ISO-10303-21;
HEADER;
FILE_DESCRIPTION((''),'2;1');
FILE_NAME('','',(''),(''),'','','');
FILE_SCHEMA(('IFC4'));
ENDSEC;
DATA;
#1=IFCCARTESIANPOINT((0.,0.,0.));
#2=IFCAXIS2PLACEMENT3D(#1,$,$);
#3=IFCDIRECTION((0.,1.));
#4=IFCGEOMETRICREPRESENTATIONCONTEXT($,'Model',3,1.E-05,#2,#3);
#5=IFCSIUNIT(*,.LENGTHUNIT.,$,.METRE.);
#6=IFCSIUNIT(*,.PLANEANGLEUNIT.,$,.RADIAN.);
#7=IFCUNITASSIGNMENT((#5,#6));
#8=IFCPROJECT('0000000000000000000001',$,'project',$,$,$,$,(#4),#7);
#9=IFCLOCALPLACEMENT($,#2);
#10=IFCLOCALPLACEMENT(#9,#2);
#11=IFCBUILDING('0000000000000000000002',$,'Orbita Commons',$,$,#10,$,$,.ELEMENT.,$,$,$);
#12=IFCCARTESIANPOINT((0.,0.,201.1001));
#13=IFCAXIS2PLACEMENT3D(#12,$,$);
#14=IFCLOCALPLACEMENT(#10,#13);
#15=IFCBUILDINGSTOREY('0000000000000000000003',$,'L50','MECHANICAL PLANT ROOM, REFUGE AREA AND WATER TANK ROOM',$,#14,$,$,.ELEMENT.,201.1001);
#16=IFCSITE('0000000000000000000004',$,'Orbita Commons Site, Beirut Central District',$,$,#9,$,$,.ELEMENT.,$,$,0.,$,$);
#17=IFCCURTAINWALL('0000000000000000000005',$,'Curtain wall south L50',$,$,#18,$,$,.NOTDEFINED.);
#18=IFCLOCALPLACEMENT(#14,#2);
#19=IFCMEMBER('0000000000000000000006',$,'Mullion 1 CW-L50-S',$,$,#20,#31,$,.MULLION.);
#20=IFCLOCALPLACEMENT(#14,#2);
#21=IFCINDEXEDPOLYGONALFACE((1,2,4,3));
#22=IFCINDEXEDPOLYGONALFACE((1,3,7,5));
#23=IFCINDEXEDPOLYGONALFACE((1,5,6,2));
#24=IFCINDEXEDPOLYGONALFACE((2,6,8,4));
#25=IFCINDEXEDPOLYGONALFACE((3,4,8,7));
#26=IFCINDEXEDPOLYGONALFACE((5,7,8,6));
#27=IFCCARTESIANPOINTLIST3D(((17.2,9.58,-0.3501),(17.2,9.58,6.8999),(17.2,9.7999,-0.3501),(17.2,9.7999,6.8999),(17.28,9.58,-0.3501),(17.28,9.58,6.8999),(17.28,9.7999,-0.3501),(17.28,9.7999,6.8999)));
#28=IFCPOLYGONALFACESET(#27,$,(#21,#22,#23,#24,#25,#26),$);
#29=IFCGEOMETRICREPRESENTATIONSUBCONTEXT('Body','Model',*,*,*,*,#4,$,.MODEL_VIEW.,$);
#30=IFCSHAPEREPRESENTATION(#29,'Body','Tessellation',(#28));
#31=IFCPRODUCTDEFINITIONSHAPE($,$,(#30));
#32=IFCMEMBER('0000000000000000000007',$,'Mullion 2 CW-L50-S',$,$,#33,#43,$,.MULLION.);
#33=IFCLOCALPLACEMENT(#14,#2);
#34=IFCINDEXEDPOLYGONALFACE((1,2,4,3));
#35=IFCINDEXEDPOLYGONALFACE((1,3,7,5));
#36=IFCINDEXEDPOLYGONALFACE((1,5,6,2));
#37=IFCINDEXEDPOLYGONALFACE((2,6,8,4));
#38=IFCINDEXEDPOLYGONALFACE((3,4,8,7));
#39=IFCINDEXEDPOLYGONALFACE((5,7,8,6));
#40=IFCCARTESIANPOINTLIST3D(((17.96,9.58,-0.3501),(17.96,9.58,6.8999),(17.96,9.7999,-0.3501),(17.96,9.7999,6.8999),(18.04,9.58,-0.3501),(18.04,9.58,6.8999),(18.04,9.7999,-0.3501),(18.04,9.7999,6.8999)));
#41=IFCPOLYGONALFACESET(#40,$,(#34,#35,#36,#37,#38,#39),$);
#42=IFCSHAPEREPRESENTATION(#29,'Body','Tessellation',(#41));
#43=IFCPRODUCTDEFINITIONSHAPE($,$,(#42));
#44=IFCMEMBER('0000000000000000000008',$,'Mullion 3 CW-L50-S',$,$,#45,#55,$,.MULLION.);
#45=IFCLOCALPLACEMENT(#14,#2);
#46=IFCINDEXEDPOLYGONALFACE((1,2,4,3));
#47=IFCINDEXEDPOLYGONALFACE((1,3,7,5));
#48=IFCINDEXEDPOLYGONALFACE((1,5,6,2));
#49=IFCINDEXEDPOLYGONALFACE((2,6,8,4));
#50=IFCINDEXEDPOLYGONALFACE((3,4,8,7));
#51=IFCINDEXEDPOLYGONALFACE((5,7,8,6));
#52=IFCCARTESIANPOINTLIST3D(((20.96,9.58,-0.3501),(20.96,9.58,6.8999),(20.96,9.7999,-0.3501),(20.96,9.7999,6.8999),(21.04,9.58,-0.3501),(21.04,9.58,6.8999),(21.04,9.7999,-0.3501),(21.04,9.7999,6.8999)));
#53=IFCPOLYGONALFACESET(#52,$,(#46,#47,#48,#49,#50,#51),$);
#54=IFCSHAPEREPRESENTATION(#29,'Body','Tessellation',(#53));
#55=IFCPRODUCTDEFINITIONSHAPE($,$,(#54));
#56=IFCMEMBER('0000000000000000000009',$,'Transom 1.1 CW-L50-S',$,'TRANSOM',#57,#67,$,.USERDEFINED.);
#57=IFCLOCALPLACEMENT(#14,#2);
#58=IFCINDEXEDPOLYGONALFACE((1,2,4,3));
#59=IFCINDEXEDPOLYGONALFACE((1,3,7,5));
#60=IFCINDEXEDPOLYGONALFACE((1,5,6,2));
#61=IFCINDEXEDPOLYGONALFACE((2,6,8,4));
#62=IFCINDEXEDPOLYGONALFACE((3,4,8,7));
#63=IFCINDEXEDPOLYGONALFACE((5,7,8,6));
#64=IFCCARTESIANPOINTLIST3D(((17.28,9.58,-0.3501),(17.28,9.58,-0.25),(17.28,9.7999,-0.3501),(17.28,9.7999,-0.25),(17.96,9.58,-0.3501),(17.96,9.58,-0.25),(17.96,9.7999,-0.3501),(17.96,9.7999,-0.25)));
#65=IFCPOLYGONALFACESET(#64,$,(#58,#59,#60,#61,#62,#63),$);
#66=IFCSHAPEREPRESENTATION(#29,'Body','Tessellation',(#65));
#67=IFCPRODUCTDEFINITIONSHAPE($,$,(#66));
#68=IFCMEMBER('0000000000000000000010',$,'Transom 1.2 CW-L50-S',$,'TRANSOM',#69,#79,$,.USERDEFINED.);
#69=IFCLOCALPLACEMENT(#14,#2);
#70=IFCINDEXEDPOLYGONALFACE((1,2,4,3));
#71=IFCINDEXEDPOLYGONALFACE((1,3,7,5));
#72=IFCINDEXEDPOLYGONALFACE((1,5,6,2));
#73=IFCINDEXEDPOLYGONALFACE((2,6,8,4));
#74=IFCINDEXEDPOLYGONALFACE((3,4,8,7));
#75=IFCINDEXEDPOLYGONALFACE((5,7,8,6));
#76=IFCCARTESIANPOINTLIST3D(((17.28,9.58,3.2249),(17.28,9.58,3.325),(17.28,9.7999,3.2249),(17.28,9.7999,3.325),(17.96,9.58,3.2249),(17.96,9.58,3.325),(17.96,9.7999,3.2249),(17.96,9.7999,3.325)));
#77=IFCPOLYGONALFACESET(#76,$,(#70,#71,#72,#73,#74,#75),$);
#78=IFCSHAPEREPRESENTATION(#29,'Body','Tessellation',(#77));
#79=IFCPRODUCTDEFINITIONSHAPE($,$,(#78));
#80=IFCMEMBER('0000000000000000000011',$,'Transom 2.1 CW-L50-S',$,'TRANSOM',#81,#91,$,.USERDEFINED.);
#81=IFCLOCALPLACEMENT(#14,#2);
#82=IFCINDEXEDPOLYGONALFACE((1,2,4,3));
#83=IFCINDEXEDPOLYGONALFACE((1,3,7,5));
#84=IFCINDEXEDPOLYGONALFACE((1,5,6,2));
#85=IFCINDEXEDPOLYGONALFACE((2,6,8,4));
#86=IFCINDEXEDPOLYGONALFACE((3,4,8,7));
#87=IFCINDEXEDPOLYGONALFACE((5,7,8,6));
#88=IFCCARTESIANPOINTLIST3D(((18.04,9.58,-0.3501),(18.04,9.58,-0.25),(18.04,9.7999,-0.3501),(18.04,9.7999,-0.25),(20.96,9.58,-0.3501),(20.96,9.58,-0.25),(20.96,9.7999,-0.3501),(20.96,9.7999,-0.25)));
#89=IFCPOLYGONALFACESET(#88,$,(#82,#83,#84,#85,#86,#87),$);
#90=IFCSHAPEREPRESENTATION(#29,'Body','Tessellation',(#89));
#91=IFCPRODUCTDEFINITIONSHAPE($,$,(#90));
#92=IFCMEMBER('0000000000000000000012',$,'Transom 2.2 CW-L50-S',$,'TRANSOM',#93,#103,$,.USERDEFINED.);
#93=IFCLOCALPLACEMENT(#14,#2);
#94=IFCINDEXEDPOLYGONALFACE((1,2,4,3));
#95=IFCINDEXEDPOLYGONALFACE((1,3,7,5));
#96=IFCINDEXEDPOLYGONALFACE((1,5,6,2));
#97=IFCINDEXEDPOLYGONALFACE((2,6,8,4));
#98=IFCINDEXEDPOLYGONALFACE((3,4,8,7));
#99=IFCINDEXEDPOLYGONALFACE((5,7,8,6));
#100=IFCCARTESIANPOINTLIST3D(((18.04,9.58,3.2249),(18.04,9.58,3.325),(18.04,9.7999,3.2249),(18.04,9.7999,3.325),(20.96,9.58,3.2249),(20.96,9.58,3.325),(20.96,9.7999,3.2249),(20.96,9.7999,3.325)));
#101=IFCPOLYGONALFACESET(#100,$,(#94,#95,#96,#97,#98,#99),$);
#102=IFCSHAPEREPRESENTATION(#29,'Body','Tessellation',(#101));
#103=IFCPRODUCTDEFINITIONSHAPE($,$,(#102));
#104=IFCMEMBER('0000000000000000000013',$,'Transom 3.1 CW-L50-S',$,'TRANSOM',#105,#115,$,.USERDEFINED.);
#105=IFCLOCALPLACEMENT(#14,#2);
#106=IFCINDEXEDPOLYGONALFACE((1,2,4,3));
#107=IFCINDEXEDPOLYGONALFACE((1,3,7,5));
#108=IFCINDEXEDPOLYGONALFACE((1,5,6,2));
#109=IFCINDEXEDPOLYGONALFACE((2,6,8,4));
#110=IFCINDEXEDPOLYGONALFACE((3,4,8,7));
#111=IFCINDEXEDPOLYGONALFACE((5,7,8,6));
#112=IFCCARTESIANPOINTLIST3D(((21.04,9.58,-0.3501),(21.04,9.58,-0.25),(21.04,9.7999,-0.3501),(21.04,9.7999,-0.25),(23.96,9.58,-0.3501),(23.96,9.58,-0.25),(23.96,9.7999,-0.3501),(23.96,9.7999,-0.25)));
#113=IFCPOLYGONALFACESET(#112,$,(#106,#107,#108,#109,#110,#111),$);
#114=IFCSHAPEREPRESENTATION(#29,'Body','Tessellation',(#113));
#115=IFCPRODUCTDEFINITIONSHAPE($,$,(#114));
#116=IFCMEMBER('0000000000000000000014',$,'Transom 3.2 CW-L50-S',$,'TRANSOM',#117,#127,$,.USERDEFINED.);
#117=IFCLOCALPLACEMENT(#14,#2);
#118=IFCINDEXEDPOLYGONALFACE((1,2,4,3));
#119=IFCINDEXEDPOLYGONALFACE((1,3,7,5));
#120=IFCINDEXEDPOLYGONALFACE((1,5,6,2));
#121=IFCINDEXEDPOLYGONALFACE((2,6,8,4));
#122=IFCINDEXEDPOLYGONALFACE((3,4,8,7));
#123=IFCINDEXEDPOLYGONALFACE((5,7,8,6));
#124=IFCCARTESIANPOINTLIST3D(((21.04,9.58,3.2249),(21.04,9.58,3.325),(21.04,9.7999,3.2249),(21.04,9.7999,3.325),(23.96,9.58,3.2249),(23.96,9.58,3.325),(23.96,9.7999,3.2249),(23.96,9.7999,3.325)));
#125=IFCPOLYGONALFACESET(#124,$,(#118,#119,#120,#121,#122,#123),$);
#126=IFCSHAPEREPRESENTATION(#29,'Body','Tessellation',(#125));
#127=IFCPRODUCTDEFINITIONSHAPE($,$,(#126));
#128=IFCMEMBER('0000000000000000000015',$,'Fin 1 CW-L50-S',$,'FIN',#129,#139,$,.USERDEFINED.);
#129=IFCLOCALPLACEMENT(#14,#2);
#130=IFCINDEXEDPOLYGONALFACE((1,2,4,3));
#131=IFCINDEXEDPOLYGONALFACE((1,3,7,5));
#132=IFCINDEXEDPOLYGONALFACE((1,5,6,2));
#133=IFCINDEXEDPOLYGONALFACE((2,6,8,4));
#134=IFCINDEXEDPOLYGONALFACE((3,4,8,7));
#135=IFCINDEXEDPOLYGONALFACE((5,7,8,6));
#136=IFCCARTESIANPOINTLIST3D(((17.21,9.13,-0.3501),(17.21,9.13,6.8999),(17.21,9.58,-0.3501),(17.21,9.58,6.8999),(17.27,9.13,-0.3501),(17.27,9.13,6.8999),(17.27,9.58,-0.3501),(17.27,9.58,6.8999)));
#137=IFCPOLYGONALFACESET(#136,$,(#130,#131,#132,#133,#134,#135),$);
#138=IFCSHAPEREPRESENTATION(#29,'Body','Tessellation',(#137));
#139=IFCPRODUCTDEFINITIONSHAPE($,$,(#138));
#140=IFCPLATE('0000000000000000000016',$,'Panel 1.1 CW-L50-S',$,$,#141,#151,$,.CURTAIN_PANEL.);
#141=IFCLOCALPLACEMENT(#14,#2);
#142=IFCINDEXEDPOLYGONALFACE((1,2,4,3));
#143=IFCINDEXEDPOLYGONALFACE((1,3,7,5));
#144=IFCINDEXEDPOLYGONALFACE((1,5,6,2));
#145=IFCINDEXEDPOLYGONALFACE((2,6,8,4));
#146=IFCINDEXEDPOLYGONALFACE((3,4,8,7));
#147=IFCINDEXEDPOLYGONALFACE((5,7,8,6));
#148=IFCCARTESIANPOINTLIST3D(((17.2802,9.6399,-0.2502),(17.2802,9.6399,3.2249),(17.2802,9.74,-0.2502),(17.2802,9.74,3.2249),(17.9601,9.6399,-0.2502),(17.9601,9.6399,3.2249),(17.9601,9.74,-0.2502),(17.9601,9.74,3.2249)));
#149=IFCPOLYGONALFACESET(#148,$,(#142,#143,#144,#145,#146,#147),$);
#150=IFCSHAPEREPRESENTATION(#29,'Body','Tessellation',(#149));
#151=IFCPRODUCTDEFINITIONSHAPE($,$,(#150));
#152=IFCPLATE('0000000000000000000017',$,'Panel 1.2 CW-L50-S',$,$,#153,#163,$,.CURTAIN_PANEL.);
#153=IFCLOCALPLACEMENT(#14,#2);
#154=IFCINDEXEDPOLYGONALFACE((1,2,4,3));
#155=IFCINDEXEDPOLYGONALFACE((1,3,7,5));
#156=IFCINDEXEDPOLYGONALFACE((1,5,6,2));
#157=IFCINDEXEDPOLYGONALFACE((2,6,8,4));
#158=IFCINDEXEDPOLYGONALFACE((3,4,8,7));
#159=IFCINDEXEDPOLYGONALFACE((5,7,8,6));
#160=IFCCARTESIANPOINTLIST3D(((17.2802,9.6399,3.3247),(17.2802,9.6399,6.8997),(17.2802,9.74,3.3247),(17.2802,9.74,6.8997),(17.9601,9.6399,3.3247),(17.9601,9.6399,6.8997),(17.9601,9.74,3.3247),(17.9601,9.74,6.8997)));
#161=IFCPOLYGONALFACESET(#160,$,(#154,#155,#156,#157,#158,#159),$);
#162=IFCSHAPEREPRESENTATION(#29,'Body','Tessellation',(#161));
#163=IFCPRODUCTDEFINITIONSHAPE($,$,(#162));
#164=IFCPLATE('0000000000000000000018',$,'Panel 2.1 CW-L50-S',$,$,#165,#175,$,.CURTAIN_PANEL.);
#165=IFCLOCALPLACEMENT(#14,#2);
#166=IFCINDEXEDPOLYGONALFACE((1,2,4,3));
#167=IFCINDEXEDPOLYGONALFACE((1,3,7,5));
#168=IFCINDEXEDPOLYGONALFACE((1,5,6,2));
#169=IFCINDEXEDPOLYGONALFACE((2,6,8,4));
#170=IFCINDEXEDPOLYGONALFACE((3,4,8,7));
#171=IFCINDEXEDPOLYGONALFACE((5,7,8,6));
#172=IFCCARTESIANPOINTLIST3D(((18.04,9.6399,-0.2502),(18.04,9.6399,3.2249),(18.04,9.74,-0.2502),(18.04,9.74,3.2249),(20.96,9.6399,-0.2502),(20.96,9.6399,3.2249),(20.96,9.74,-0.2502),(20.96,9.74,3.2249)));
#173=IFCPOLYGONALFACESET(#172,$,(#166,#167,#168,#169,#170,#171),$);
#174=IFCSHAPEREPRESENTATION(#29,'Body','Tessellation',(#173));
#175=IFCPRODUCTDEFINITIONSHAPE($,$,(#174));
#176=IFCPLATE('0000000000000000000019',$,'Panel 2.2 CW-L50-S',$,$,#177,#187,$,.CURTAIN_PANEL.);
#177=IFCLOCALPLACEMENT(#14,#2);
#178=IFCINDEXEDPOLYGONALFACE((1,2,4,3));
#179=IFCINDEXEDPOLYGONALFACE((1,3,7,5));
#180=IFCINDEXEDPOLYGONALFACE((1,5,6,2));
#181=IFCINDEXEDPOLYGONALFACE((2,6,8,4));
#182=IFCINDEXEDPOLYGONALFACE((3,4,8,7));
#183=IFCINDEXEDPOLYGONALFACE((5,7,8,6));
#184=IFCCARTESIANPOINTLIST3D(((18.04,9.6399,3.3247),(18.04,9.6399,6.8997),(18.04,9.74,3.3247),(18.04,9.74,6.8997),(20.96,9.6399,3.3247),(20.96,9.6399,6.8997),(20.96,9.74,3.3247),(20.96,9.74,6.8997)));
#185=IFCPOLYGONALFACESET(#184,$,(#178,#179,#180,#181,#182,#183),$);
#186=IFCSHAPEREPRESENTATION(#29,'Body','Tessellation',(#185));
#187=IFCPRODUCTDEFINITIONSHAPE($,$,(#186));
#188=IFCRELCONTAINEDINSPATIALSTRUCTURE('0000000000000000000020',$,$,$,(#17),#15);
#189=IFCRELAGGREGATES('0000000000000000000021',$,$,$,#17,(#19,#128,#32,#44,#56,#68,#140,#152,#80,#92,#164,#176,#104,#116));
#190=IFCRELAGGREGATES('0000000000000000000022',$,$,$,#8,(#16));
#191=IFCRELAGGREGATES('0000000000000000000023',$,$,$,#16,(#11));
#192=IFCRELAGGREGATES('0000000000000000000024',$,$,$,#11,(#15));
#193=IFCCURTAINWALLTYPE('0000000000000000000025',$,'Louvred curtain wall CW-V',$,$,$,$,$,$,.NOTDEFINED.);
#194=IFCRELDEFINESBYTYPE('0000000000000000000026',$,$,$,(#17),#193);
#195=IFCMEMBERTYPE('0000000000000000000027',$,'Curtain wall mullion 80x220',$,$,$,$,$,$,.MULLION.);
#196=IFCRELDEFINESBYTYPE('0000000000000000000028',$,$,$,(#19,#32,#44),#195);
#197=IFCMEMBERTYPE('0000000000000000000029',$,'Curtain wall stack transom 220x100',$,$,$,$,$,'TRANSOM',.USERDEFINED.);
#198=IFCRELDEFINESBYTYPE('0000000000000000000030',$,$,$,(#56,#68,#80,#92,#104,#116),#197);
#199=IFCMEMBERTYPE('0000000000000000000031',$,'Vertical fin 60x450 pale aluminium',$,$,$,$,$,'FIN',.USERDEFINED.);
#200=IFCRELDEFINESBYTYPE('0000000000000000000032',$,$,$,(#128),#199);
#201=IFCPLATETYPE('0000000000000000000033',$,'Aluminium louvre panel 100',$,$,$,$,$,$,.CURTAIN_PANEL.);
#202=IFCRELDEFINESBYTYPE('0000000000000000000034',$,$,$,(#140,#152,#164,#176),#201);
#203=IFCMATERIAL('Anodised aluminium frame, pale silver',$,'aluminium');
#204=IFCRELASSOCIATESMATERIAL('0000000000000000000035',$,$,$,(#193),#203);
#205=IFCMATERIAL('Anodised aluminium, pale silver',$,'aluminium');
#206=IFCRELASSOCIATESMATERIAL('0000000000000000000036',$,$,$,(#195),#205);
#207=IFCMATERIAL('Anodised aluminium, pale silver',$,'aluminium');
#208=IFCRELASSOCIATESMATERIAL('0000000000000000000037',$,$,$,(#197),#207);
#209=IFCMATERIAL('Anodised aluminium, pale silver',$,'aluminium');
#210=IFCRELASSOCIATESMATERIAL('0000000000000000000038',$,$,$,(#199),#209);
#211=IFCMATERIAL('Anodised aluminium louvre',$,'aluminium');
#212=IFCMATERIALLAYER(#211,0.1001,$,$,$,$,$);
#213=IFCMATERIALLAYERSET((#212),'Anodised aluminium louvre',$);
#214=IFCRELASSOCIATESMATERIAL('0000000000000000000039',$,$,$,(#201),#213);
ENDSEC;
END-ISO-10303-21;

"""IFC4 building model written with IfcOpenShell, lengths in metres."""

from ifc_helpers import new_model, si_unit, direction, frame, origin, origin_2d, place, context, subcontext, project, spatial, rectangle, extrude, material, layer, layer_set, material_profile, profile_set, type_object, element, aggregate, save


model = new_model("IFC4")

# Units and contexts
model_context = context("Model", 3, precision=1e-05, world=origin(), true_north=direction((0.0, 1.0)))
body_context = subcontext(model_context, "Body", "Model", "MODEL_VIEW")
ifc_project = project(units=[si_unit("LENGTHUNIT", "METRE"), si_unit("PLANEANGLEUNIT", "RADIAN")], contexts=[model_context])

# Site, building, storey
site_placement = place(None, origin())
site = spatial("IfcSite", under=ifc_project, at=site_placement, Name="Orbita Commons Site, Beirut Central District", CompositionType="ELEMENT", RefElevation=0.0)
building_placement = place(site_placement, origin())
building = spatial("IfcBuilding", under=site, at=building_placement, Name="Orbita Commons", CompositionType="ELEMENT")
storey_placement = place(building_placement, frame((0.0, 0.0, 201.1001)))
storey = spatial("IfcBuildingStorey", under=building, at=storey_placement, Name="L50", Description="MECHANICAL PLANT ROOM, REFUGE AREA AND WATER TANK ROOM", CompositionType="ELEMENT", Elevation=201.1001)

# Curtain wall, members, plates
ifc_material_1 = material(Name="Anodised aluminium frame, pale silver", Category="aluminium")
curtain_wall_type = type_object("IfcCurtainWallType", Name="Louvred curtain wall CW-V", PredefinedType="NOTDEFINED", material=ifc_material_1)
curtain_wall_placement = place(storey_placement, origin())
curtain_wall = element("IfcCurtainWall", 1, at=curtain_wall_placement, inside=storey, type_object=curtain_wall_type, Name="Curtain wall south L50", PredefinedType="NOTDEFINED")
ifc_material_2 = material(Name="Anodised aluminium, pale silver", Category="aluminium")
ifc_material_profile_1 = material_profile(ifc_material_2, rectangle(XDim=0.0801, YDim=0.22, at=origin_2d()), Name="AL 80x220")
ifc_profile_set_1 = profile_set([ifc_material_profile_1], Name="Anodised aluminium, pale silver")
member_type_1 = type_object("IfcMemberType", Name="Curtain wall mullion 80x220", PredefinedType="MULLION", material=ifc_profile_set_1)
member_1_placement = place(storey_placement, frame((17.24, 9.6899, -0.3501), z_axis=(0.0, 0.0, 1.0), x_axis=(1.0, 0.0, 0.0)))
member_1 = element("IfcMember", 2, at=member_1_placement, type_object=member_type_1, Name="Mullion 1 CW-L50-S", PredefinedType="MULLION", context=body_context, shape_type="SweptSolid", body=[
    extrude(rectangle(XDim=0.0801, YDim=0.22, at=origin_2d()), origin(), (0.0, 0.0, 1.0), 7.25),
])
member_2_placement = place(storey_placement, frame((18.0, 9.6899, -0.3501), z_axis=(0.0, 0.0, 1.0), x_axis=(1.0, 0.0, 0.0)))
member_2 = element("IfcMember", 3, at=member_2_placement, type_object=member_type_1, Name="Mullion 2 CW-L50-S", PredefinedType="MULLION", context=body_context, shape_type="SweptSolid", body=[
    extrude(rectangle(XDim=0.0801, YDim=0.22, at=origin_2d()), origin(), (0.0, 0.0, 1.0), 7.25),
])
member_3_placement = place(storey_placement, frame((21.0, 9.6899, -0.3501), z_axis=(0.0, 0.0, 1.0), x_axis=(1.0, 0.0, 0.0)))
member_3 = element("IfcMember", 4, at=member_3_placement, type_object=member_type_1, Name="Mullion 3 CW-L50-S", PredefinedType="MULLION", context=body_context, shape_type="SweptSolid", body=[
    extrude(rectangle(XDim=0.0801, YDim=0.22, at=origin_2d()), origin(), (0.0, 0.0, 1.0), 7.25),
])
ifc_material_3 = material(Name="Anodised aluminium, pale silver", Category="aluminium")
ifc_material_profile_2 = material_profile(ifc_material_3, rectangle(XDim=0.22, YDim=0.1001, at=origin_2d()), Name="AL 220x100")
ifc_profile_set_2 = profile_set([ifc_material_profile_2], Name="Anodised aluminium, pale silver")
member_type_2 = type_object("IfcMemberType", Name="Curtain wall stack transom 220x100", ElementType="TRANSOM", PredefinedType="USERDEFINED", material=ifc_profile_set_2)
member_4_placement = place(storey_placement, frame((17.28, 9.6899, -0.3), z_axis=(1.0, 0.0, 0.0), x_axis=(0.0, 1.0, 0.0)))
member_4 = element("IfcMember", 5, at=member_4_placement, type_object=member_type_2, Name="Transom 1.1 CW-L50-S", ObjectType="TRANSOM", PredefinedType="USERDEFINED", context=body_context, shape_type="SweptSolid", body=[
    extrude(rectangle(XDim=0.22, YDim=0.1001, at=origin_2d()), origin(), (0.0, 0.0, 1.0), 0.6799),
])
member_5_placement = place(storey_placement, frame((17.28, 9.6899, 3.2749), z_axis=(1.0, 0.0, 0.0), x_axis=(0.0, 1.0, 0.0)))
member_5 = element("IfcMember", 6, at=member_5_placement, type_object=member_type_2, Name="Transom 1.2 CW-L50-S", ObjectType="TRANSOM", PredefinedType="USERDEFINED", context=body_context, shape_type="SweptSolid", body=[
    extrude(rectangle(XDim=0.22, YDim=0.1001, at=origin_2d()), origin(), (0.0, 0.0, 1.0), 0.6799),
])
member_6_placement = place(storey_placement, frame((18.04, 9.6899, -0.3), z_axis=(1.0, 0.0, 0.0), x_axis=(0.0, 1.0, 0.0)))
member_6 = element("IfcMember", 7, at=member_6_placement, type_object=member_type_2, Name="Transom 2.1 CW-L50-S", ObjectType="TRANSOM", PredefinedType="USERDEFINED", context=body_context, shape_type="SweptSolid", body=[
    extrude(rectangle(XDim=0.22, YDim=0.1001, at=origin_2d()), origin(), (0.0, 0.0, 1.0), 2.9199),
])
member_7_placement = place(storey_placement, frame((18.04, 9.6899, 3.2749), z_axis=(1.0, 0.0, 0.0), x_axis=(0.0, 1.0, 0.0)))
member_7 = element("IfcMember", 8, at=member_7_placement, type_object=member_type_2, Name="Transom 2.2 CW-L50-S", ObjectType="TRANSOM", PredefinedType="USERDEFINED", context=body_context, shape_type="SweptSolid", body=[
    extrude(rectangle(XDim=0.22, YDim=0.1001, at=origin_2d()), origin(), (0.0, 0.0, 1.0), 2.9199),
])
member_8_placement = place(storey_placement, frame((21.04, 9.6899, -0.3), z_axis=(1.0, 0.0, 0.0), x_axis=(0.0, 1.0, 0.0)))
member_8 = element("IfcMember", 9, at=member_8_placement, type_object=member_type_2, Name="Transom 3.1 CW-L50-S", ObjectType="TRANSOM", PredefinedType="USERDEFINED", context=body_context, shape_type="SweptSolid", body=[
    extrude(rectangle(XDim=0.22, YDim=0.1001, at=origin_2d()), origin(), (0.0, 0.0, 1.0), 2.9199),
])
member_9_placement = place(storey_placement, frame((21.04, 9.6899, 3.2749), z_axis=(1.0, 0.0, 0.0), x_axis=(0.0, 1.0, 0.0)))
member_9 = element("IfcMember", 10, at=member_9_placement, type_object=member_type_2, Name="Transom 3.2 CW-L50-S", ObjectType="TRANSOM", PredefinedType="USERDEFINED", context=body_context, shape_type="SweptSolid", body=[
    extrude(rectangle(XDim=0.22, YDim=0.1001, at=origin_2d()), origin(), (0.0, 0.0, 1.0), 2.9199),
])
ifc_material_4 = material(Name="Anodised aluminium, pale silver", Category="aluminium")
ifc_material_profile_3 = material_profile(ifc_material_4, rectangle(XDim=0.0601, YDim=0.45, at=origin_2d()), Name="FIN 60x450")
ifc_profile_set_3 = profile_set([ifc_material_profile_3], Name="Anodised aluminium, pale silver")
member_type_3 = type_object("IfcMemberType", Name="Vertical fin 60x450 pale aluminium", ElementType="FIN", PredefinedType="USERDEFINED", material=ifc_profile_set_3)
member_10_placement = place(storey_placement, frame((17.24, 9.355, -0.3501), z_axis=(0.0, 0.0, 1.0), x_axis=(1.0, 0.0, 0.0)))
member_10 = element("IfcMember", 11, at=member_10_placement, type_object=member_type_3, Name="Fin 1 CW-L50-S", ObjectType="FIN", PredefinedType="USERDEFINED", context=body_context, shape_type="SweptSolid", body=[
    extrude(rectangle(XDim=0.0601, YDim=0.45, at=origin_2d()), origin(), (0.0, 0.0, 1.0), 7.25),
])
ifc_material_5 = material(Name="Anodised aluminium louvre", Category="aluminium")
ifc_layer_1 = layer(ifc_material_5, 0.1001)
ifc_layer_set_1 = layer_set([ifc_layer_1], Name="Anodised aluminium louvre")
plate_type = type_object("IfcPlateType", Name="Aluminium louvre panel 100", PredefinedType="CURTAIN_PANEL", material=ifc_layer_set_1)
plate_1_placement = place(storey_placement, frame((17.6201, 9.6899, -0.2502), z_axis=(0.0, 0.0, 1.0), x_axis=(1.0, 0.0, 0.0)))
plate_1 = element("IfcPlate", 12, at=plate_1_placement, type_object=plate_type, Name="Panel 1.1 CW-L50-S", PredefinedType="CURTAIN_PANEL", context=body_context, shape_type="SweptSolid", body=[
    extrude(rectangle(XDim=0.6799, YDim=0.1001, at=origin_2d()), origin(), (0.0, 0.0, 1.0), 3.4751),
])
plate_2_placement = place(storey_placement, frame((17.6201, 9.6899, 3.3247), z_axis=(0.0, 0.0, 1.0), x_axis=(1.0, 0.0, 0.0)))
plate_2 = element("IfcPlate", 13, at=plate_2_placement, type_object=plate_type, Name="Panel 1.2 CW-L50-S", PredefinedType="CURTAIN_PANEL", context=body_context, shape_type="SweptSolid", body=[
    extrude(rectangle(XDim=0.6799, YDim=0.1001, at=origin_2d()), origin(), (0.0, 0.0, 1.0), 3.575),
])
plate_3_placement = place(storey_placement, frame((19.5, 9.6899, -0.2502), z_axis=(0.0, 0.0, 1.0), x_axis=(1.0, 0.0, 0.0)))
plate_3 = element("IfcPlate", 14, at=plate_3_placement, type_object=plate_type, Name="Panel 2.1 CW-L50-S", PredefinedType="CURTAIN_PANEL", context=body_context, shape_type="SweptSolid", body=[
    extrude(rectangle(XDim=2.9199, YDim=0.1001, at=origin_2d()), origin(), (0.0, 0.0, 1.0), 3.4751),
])
plate_4_placement = place(storey_placement, frame((19.5, 9.6899, 3.3247), z_axis=(0.0, 0.0, 1.0), x_axis=(1.0, 0.0, 0.0)))
plate_4 = element("IfcPlate", 15, at=plate_4_placement, type_object=plate_type, Name="Panel 2.2 CW-L50-S", PredefinedType="CURTAIN_PANEL", context=body_context, shape_type="SweptSolid", body=[
    extrude(rectangle(XDim=2.9199, YDim=0.1001, at=origin_2d()), origin(), (0.0, 0.0, 1.0), 3.575),
])
aggregate(curtain_wall, [member_1, member_10, member_2, member_3, member_4, member_5, plate_1, plate_2, member_6, member_7, plate_3, plate_4, member_8, member_9])

save(model, "model.ifc")
